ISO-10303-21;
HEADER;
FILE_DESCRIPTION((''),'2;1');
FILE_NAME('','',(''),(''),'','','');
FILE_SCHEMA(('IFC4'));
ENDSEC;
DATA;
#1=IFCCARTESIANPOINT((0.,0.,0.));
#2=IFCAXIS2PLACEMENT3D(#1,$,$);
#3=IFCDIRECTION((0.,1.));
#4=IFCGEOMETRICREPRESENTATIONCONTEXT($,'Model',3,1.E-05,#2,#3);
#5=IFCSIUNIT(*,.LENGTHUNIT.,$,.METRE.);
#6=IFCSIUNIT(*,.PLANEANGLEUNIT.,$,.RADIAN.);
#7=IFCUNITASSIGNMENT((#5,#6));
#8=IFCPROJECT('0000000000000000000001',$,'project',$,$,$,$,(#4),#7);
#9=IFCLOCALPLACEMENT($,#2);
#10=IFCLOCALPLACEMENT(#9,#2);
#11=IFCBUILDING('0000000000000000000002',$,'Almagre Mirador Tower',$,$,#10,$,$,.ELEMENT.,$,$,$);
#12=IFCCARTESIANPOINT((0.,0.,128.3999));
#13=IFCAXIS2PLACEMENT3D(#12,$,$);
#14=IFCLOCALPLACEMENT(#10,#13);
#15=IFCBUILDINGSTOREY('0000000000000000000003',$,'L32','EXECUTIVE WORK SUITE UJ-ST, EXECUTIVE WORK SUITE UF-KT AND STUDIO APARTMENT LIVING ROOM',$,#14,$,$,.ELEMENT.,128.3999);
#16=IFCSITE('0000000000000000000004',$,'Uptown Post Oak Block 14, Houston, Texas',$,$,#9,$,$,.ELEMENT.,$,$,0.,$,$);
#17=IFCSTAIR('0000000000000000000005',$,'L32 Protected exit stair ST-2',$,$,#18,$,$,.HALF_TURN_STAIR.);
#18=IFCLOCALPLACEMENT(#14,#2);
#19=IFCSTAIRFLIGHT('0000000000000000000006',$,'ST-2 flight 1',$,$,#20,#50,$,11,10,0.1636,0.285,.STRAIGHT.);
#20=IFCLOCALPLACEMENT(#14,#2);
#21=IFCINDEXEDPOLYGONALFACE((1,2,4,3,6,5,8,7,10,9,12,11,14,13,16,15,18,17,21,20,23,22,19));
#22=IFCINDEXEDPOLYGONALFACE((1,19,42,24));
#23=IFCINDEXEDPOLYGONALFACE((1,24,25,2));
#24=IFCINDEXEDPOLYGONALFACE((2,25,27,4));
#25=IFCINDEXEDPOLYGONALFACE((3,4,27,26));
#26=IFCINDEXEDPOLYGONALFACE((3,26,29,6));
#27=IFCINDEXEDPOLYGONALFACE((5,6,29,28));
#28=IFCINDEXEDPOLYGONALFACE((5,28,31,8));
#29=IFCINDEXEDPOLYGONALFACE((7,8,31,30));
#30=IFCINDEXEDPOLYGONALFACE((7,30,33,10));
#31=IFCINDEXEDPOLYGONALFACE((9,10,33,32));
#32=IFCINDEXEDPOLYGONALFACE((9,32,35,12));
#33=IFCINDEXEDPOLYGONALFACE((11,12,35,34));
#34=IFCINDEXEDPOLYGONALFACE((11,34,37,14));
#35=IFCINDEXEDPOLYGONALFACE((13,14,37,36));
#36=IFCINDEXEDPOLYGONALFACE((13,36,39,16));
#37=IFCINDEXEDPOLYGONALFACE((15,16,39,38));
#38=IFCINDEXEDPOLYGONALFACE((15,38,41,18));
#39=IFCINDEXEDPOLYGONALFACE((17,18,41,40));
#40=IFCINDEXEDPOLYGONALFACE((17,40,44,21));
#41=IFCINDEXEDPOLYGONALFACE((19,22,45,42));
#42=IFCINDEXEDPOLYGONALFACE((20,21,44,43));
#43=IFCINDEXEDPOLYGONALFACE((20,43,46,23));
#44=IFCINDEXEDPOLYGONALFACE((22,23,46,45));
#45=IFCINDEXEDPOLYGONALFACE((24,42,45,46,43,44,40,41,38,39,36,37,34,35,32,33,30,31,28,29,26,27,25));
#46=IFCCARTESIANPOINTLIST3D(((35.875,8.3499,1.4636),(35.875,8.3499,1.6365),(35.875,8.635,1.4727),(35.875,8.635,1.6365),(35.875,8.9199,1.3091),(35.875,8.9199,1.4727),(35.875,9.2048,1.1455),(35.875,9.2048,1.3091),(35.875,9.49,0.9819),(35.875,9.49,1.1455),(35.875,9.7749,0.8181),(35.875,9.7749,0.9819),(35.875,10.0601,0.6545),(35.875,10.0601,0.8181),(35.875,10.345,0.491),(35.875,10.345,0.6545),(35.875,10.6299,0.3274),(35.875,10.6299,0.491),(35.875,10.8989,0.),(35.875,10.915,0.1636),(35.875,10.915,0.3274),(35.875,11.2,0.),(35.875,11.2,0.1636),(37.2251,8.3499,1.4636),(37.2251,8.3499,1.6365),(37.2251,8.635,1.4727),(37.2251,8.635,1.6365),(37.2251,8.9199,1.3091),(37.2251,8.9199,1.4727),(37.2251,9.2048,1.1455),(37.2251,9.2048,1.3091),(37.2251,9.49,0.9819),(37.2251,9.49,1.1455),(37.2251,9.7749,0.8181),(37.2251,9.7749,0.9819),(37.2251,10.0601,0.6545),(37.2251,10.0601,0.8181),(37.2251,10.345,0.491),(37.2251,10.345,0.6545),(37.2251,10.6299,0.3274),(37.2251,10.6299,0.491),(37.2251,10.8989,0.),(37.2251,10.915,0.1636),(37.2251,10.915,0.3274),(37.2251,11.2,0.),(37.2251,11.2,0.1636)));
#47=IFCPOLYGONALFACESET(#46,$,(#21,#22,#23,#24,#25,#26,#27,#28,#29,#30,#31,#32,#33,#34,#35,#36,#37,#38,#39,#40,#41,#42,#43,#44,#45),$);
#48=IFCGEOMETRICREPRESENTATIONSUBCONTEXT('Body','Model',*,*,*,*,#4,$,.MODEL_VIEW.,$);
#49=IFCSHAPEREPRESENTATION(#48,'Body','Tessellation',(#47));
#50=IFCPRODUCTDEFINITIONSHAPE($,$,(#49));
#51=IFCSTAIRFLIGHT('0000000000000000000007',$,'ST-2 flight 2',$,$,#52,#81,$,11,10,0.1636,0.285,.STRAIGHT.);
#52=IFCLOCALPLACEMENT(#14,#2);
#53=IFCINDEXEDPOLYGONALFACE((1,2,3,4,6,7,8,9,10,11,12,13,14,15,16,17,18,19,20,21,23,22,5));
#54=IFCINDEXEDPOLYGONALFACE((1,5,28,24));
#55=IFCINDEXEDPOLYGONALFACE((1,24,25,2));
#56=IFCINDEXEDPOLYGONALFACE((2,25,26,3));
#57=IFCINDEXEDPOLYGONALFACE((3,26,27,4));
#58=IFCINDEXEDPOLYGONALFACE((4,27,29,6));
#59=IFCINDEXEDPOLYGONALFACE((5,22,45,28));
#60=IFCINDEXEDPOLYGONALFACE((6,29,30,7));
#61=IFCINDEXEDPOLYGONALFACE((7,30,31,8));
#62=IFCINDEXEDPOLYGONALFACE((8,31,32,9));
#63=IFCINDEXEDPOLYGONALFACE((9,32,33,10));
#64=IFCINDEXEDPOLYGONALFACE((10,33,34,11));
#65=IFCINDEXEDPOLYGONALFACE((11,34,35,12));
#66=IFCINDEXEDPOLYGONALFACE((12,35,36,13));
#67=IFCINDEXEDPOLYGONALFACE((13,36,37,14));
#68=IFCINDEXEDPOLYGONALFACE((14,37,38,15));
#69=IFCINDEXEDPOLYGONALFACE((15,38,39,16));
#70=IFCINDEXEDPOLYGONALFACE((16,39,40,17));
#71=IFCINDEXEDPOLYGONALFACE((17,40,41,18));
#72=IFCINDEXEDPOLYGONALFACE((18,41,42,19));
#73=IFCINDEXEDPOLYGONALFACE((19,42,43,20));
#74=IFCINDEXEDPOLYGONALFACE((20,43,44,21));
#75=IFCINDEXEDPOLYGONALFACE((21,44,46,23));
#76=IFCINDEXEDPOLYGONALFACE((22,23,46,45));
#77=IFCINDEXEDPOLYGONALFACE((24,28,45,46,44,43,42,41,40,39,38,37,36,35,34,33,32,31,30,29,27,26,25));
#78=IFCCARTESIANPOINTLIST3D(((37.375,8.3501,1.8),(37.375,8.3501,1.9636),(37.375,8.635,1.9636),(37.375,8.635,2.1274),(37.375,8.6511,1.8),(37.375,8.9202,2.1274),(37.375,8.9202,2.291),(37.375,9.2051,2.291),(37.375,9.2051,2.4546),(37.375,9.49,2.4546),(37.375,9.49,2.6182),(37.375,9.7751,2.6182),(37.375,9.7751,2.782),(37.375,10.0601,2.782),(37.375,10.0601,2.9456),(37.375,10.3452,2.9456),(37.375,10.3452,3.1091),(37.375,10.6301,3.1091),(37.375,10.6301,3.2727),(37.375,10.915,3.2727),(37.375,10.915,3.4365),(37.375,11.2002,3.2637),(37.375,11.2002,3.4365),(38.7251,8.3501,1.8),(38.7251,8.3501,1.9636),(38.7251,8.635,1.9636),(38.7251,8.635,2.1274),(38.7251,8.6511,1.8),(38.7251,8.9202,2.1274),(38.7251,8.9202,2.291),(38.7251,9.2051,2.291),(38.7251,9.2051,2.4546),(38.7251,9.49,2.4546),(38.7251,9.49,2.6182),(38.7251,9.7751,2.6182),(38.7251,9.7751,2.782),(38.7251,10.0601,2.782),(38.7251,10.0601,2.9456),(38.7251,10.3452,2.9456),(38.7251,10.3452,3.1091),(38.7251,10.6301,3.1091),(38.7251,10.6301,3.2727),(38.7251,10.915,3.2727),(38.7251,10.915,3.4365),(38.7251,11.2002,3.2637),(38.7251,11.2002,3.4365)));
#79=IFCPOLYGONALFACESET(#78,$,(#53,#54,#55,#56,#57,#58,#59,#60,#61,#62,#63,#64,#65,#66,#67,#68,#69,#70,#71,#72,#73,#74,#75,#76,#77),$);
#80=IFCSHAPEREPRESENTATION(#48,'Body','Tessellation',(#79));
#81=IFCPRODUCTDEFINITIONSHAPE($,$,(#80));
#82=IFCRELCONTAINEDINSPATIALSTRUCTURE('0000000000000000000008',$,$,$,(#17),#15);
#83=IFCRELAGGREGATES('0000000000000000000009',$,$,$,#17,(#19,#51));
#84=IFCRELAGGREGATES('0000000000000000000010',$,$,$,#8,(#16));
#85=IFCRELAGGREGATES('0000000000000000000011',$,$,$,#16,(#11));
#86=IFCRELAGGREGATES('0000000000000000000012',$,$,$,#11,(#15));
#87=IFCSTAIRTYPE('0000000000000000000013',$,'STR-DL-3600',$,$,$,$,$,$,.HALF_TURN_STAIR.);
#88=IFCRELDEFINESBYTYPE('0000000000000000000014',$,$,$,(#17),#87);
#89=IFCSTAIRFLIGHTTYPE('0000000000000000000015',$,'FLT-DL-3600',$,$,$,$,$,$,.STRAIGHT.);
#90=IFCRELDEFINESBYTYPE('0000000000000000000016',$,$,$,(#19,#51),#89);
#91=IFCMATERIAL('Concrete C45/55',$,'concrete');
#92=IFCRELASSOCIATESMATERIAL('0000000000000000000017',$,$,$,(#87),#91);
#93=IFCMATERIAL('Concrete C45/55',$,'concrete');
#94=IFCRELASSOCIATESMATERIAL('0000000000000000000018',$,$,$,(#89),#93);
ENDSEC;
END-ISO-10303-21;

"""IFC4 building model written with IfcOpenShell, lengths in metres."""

from ifc_helpers import new_model, si_unit, direction, frame, origin, place, context, subcontext, project, spatial, polyline, outline, extrude, material, type_object, element, aggregate, save


model = new_model("IFC4")

# Units and contexts
model_context = context("Model", 3, precision=1e-05, world=origin(), true_north=direction((0.0, 1.0)))
body_context = subcontext(model_context, "Body", "Model", "MODEL_VIEW")
ifc_project = project(units=[si_unit("LENGTHUNIT", "METRE"), si_unit("PLANEANGLEUNIT", "RADIAN")], contexts=[model_context])

# Site, building, storey
site_placement = place(None, origin())
site = spatial("IfcSite", under=ifc_project, at=site_placement, Name="Uptown Post Oak Block 14, Houston, Texas", CompositionType="ELEMENT", RefElevation=0.0)
building_placement = place(site_placement, origin())
building = spatial("IfcBuilding", under=site, at=building_placement, Name="Almagre Mirador Tower", CompositionType="ELEMENT")
storey_placement = place(building_placement, frame((0.0, 0.0, 128.3999)))
storey = spatial("IfcBuildingStorey", under=building, at=storey_placement, Name="L32", Description="EXECUTIVE WORK SUITE UJ-ST, EXECUTIVE WORK SUITE UF-KT AND STUDIO APARTMENT LIVING ROOM", CompositionType="ELEMENT", Elevation=128.3999)

# Stair, stair flights
ifc_material_1 = material(Name="Concrete C45/55", Category="concrete")
stair_type = type_object("IfcStairType", Name="STR-DL-3600", PredefinedType="HALF_TURN_STAIR", material=ifc_material_1)
stair_placement = place(storey_placement, origin())
stair = element("IfcStair", 1, at=stair_placement, inside=storey, type_object=stair_type, Name="L32 Protected exit stair ST-2", PredefinedType="HALF_TURN_STAIR")
ifc_material_2 = material(Name="Concrete C45/55", Category="concrete")
stair_flight_type = type_object("IfcStairFlightType", Name="FLT-DL-3600", PredefinedType="STRAIGHT", material=ifc_material_2)
stair_flight_1_placement = place(storey_placement, frame((36.55, 11.2, 0.0), z_axis=(0.0, 0.0, 1.0), x_axis=(0.0, -1.0, 0.0)))
stair_flight_1 = element("IfcStairFlight", 2, at=stair_flight_1_placement, type_object=stair_flight_type, Name="ST-2 flight 1", NumberOfRisers=11, NumberOfTreads=10, PredefinedType="STRAIGHT", RiserHeight=0.1636, TreadLength=0.285, context=body_context, shape_type="SweptSolid", body=[
    extrude(outline(polyline([(0.0, 0.0), (0.0, 0.1636), (0.2849, 0.1636), (0.2849, 0.3274), (0.5701, 0.3274), (0.5701, 0.491), (0.855, 0.491), (0.855, 0.6545), (1.1399, 0.6545), (1.1399, 0.8181), (1.425, 0.8181), (1.425, 0.9819), (1.71, 0.9819), (1.71, 1.1455), (1.9951, 1.1455), (1.9951, 1.3091), (2.28, 1.3091), (2.28, 1.4727), (2.5649, 1.4727), (2.5649, 1.6365), (2.8501, 1.6365), (2.8501, 1.8), (2.8501, 1.4636), (0.301, 0.0), (0.0, 0.0)])), frame((0.0, 0.675, 0.0), z_axis=(0.0, -1.0, 0.0), x_axis=(1.0, 0.0, 0.0)), (0.0, 0.0, 1.0), 1.3501),
])
stair_flight_2_placement = place(storey_placement, frame((38.05, 8.3501, 1.8), z_axis=(0.0, 0.0, 1.0), x_axis=(0.0, 1.0, 0.0)))
stair_flight_2 = element("IfcStairFlight", 3, at=stair_flight_2_placement, type_object=stair_flight_type, Name="ST-2 flight 2", NumberOfRisers=11, NumberOfTreads=10, PredefinedType="STRAIGHT", RiserHeight=0.1636, TreadLength=0.285, context=body_context, shape_type="SweptSolid", body=[
    extrude(outline(polyline([(0.0, 0.0), (0.0, 0.1636), (0.2849, 0.1636), (0.2849, 0.3274), (0.5701, 0.3274), (0.5701, 0.491), (0.855, 0.491), (0.855, 0.6545), (1.1399, 0.6545), (1.1399, 0.8181), (1.425, 0.8181), (1.425, 0.9819), (1.71, 0.9819), (1.71, 1.1455), (1.9951, 1.1455), (1.9951, 1.3091), (2.28, 1.3091), (2.28, 1.4727), (2.5649, 1.4727), (2.5649, 1.6365), (2.8501, 1.6365), (2.8501, 1.8), (2.8501, 1.4636), (0.301, 0.0), (0.0, 0.0)])), frame((0.0, 0.675, 0.0), z_axis=(0.0, -1.0, 0.0), x_axis=(1.0, 0.0, 0.0)), (0.0, 0.0, 1.0), 1.3501),
])
aggregate(stair, [stair_flight_1, stair_flight_2])

save(model, "model.ifc")
